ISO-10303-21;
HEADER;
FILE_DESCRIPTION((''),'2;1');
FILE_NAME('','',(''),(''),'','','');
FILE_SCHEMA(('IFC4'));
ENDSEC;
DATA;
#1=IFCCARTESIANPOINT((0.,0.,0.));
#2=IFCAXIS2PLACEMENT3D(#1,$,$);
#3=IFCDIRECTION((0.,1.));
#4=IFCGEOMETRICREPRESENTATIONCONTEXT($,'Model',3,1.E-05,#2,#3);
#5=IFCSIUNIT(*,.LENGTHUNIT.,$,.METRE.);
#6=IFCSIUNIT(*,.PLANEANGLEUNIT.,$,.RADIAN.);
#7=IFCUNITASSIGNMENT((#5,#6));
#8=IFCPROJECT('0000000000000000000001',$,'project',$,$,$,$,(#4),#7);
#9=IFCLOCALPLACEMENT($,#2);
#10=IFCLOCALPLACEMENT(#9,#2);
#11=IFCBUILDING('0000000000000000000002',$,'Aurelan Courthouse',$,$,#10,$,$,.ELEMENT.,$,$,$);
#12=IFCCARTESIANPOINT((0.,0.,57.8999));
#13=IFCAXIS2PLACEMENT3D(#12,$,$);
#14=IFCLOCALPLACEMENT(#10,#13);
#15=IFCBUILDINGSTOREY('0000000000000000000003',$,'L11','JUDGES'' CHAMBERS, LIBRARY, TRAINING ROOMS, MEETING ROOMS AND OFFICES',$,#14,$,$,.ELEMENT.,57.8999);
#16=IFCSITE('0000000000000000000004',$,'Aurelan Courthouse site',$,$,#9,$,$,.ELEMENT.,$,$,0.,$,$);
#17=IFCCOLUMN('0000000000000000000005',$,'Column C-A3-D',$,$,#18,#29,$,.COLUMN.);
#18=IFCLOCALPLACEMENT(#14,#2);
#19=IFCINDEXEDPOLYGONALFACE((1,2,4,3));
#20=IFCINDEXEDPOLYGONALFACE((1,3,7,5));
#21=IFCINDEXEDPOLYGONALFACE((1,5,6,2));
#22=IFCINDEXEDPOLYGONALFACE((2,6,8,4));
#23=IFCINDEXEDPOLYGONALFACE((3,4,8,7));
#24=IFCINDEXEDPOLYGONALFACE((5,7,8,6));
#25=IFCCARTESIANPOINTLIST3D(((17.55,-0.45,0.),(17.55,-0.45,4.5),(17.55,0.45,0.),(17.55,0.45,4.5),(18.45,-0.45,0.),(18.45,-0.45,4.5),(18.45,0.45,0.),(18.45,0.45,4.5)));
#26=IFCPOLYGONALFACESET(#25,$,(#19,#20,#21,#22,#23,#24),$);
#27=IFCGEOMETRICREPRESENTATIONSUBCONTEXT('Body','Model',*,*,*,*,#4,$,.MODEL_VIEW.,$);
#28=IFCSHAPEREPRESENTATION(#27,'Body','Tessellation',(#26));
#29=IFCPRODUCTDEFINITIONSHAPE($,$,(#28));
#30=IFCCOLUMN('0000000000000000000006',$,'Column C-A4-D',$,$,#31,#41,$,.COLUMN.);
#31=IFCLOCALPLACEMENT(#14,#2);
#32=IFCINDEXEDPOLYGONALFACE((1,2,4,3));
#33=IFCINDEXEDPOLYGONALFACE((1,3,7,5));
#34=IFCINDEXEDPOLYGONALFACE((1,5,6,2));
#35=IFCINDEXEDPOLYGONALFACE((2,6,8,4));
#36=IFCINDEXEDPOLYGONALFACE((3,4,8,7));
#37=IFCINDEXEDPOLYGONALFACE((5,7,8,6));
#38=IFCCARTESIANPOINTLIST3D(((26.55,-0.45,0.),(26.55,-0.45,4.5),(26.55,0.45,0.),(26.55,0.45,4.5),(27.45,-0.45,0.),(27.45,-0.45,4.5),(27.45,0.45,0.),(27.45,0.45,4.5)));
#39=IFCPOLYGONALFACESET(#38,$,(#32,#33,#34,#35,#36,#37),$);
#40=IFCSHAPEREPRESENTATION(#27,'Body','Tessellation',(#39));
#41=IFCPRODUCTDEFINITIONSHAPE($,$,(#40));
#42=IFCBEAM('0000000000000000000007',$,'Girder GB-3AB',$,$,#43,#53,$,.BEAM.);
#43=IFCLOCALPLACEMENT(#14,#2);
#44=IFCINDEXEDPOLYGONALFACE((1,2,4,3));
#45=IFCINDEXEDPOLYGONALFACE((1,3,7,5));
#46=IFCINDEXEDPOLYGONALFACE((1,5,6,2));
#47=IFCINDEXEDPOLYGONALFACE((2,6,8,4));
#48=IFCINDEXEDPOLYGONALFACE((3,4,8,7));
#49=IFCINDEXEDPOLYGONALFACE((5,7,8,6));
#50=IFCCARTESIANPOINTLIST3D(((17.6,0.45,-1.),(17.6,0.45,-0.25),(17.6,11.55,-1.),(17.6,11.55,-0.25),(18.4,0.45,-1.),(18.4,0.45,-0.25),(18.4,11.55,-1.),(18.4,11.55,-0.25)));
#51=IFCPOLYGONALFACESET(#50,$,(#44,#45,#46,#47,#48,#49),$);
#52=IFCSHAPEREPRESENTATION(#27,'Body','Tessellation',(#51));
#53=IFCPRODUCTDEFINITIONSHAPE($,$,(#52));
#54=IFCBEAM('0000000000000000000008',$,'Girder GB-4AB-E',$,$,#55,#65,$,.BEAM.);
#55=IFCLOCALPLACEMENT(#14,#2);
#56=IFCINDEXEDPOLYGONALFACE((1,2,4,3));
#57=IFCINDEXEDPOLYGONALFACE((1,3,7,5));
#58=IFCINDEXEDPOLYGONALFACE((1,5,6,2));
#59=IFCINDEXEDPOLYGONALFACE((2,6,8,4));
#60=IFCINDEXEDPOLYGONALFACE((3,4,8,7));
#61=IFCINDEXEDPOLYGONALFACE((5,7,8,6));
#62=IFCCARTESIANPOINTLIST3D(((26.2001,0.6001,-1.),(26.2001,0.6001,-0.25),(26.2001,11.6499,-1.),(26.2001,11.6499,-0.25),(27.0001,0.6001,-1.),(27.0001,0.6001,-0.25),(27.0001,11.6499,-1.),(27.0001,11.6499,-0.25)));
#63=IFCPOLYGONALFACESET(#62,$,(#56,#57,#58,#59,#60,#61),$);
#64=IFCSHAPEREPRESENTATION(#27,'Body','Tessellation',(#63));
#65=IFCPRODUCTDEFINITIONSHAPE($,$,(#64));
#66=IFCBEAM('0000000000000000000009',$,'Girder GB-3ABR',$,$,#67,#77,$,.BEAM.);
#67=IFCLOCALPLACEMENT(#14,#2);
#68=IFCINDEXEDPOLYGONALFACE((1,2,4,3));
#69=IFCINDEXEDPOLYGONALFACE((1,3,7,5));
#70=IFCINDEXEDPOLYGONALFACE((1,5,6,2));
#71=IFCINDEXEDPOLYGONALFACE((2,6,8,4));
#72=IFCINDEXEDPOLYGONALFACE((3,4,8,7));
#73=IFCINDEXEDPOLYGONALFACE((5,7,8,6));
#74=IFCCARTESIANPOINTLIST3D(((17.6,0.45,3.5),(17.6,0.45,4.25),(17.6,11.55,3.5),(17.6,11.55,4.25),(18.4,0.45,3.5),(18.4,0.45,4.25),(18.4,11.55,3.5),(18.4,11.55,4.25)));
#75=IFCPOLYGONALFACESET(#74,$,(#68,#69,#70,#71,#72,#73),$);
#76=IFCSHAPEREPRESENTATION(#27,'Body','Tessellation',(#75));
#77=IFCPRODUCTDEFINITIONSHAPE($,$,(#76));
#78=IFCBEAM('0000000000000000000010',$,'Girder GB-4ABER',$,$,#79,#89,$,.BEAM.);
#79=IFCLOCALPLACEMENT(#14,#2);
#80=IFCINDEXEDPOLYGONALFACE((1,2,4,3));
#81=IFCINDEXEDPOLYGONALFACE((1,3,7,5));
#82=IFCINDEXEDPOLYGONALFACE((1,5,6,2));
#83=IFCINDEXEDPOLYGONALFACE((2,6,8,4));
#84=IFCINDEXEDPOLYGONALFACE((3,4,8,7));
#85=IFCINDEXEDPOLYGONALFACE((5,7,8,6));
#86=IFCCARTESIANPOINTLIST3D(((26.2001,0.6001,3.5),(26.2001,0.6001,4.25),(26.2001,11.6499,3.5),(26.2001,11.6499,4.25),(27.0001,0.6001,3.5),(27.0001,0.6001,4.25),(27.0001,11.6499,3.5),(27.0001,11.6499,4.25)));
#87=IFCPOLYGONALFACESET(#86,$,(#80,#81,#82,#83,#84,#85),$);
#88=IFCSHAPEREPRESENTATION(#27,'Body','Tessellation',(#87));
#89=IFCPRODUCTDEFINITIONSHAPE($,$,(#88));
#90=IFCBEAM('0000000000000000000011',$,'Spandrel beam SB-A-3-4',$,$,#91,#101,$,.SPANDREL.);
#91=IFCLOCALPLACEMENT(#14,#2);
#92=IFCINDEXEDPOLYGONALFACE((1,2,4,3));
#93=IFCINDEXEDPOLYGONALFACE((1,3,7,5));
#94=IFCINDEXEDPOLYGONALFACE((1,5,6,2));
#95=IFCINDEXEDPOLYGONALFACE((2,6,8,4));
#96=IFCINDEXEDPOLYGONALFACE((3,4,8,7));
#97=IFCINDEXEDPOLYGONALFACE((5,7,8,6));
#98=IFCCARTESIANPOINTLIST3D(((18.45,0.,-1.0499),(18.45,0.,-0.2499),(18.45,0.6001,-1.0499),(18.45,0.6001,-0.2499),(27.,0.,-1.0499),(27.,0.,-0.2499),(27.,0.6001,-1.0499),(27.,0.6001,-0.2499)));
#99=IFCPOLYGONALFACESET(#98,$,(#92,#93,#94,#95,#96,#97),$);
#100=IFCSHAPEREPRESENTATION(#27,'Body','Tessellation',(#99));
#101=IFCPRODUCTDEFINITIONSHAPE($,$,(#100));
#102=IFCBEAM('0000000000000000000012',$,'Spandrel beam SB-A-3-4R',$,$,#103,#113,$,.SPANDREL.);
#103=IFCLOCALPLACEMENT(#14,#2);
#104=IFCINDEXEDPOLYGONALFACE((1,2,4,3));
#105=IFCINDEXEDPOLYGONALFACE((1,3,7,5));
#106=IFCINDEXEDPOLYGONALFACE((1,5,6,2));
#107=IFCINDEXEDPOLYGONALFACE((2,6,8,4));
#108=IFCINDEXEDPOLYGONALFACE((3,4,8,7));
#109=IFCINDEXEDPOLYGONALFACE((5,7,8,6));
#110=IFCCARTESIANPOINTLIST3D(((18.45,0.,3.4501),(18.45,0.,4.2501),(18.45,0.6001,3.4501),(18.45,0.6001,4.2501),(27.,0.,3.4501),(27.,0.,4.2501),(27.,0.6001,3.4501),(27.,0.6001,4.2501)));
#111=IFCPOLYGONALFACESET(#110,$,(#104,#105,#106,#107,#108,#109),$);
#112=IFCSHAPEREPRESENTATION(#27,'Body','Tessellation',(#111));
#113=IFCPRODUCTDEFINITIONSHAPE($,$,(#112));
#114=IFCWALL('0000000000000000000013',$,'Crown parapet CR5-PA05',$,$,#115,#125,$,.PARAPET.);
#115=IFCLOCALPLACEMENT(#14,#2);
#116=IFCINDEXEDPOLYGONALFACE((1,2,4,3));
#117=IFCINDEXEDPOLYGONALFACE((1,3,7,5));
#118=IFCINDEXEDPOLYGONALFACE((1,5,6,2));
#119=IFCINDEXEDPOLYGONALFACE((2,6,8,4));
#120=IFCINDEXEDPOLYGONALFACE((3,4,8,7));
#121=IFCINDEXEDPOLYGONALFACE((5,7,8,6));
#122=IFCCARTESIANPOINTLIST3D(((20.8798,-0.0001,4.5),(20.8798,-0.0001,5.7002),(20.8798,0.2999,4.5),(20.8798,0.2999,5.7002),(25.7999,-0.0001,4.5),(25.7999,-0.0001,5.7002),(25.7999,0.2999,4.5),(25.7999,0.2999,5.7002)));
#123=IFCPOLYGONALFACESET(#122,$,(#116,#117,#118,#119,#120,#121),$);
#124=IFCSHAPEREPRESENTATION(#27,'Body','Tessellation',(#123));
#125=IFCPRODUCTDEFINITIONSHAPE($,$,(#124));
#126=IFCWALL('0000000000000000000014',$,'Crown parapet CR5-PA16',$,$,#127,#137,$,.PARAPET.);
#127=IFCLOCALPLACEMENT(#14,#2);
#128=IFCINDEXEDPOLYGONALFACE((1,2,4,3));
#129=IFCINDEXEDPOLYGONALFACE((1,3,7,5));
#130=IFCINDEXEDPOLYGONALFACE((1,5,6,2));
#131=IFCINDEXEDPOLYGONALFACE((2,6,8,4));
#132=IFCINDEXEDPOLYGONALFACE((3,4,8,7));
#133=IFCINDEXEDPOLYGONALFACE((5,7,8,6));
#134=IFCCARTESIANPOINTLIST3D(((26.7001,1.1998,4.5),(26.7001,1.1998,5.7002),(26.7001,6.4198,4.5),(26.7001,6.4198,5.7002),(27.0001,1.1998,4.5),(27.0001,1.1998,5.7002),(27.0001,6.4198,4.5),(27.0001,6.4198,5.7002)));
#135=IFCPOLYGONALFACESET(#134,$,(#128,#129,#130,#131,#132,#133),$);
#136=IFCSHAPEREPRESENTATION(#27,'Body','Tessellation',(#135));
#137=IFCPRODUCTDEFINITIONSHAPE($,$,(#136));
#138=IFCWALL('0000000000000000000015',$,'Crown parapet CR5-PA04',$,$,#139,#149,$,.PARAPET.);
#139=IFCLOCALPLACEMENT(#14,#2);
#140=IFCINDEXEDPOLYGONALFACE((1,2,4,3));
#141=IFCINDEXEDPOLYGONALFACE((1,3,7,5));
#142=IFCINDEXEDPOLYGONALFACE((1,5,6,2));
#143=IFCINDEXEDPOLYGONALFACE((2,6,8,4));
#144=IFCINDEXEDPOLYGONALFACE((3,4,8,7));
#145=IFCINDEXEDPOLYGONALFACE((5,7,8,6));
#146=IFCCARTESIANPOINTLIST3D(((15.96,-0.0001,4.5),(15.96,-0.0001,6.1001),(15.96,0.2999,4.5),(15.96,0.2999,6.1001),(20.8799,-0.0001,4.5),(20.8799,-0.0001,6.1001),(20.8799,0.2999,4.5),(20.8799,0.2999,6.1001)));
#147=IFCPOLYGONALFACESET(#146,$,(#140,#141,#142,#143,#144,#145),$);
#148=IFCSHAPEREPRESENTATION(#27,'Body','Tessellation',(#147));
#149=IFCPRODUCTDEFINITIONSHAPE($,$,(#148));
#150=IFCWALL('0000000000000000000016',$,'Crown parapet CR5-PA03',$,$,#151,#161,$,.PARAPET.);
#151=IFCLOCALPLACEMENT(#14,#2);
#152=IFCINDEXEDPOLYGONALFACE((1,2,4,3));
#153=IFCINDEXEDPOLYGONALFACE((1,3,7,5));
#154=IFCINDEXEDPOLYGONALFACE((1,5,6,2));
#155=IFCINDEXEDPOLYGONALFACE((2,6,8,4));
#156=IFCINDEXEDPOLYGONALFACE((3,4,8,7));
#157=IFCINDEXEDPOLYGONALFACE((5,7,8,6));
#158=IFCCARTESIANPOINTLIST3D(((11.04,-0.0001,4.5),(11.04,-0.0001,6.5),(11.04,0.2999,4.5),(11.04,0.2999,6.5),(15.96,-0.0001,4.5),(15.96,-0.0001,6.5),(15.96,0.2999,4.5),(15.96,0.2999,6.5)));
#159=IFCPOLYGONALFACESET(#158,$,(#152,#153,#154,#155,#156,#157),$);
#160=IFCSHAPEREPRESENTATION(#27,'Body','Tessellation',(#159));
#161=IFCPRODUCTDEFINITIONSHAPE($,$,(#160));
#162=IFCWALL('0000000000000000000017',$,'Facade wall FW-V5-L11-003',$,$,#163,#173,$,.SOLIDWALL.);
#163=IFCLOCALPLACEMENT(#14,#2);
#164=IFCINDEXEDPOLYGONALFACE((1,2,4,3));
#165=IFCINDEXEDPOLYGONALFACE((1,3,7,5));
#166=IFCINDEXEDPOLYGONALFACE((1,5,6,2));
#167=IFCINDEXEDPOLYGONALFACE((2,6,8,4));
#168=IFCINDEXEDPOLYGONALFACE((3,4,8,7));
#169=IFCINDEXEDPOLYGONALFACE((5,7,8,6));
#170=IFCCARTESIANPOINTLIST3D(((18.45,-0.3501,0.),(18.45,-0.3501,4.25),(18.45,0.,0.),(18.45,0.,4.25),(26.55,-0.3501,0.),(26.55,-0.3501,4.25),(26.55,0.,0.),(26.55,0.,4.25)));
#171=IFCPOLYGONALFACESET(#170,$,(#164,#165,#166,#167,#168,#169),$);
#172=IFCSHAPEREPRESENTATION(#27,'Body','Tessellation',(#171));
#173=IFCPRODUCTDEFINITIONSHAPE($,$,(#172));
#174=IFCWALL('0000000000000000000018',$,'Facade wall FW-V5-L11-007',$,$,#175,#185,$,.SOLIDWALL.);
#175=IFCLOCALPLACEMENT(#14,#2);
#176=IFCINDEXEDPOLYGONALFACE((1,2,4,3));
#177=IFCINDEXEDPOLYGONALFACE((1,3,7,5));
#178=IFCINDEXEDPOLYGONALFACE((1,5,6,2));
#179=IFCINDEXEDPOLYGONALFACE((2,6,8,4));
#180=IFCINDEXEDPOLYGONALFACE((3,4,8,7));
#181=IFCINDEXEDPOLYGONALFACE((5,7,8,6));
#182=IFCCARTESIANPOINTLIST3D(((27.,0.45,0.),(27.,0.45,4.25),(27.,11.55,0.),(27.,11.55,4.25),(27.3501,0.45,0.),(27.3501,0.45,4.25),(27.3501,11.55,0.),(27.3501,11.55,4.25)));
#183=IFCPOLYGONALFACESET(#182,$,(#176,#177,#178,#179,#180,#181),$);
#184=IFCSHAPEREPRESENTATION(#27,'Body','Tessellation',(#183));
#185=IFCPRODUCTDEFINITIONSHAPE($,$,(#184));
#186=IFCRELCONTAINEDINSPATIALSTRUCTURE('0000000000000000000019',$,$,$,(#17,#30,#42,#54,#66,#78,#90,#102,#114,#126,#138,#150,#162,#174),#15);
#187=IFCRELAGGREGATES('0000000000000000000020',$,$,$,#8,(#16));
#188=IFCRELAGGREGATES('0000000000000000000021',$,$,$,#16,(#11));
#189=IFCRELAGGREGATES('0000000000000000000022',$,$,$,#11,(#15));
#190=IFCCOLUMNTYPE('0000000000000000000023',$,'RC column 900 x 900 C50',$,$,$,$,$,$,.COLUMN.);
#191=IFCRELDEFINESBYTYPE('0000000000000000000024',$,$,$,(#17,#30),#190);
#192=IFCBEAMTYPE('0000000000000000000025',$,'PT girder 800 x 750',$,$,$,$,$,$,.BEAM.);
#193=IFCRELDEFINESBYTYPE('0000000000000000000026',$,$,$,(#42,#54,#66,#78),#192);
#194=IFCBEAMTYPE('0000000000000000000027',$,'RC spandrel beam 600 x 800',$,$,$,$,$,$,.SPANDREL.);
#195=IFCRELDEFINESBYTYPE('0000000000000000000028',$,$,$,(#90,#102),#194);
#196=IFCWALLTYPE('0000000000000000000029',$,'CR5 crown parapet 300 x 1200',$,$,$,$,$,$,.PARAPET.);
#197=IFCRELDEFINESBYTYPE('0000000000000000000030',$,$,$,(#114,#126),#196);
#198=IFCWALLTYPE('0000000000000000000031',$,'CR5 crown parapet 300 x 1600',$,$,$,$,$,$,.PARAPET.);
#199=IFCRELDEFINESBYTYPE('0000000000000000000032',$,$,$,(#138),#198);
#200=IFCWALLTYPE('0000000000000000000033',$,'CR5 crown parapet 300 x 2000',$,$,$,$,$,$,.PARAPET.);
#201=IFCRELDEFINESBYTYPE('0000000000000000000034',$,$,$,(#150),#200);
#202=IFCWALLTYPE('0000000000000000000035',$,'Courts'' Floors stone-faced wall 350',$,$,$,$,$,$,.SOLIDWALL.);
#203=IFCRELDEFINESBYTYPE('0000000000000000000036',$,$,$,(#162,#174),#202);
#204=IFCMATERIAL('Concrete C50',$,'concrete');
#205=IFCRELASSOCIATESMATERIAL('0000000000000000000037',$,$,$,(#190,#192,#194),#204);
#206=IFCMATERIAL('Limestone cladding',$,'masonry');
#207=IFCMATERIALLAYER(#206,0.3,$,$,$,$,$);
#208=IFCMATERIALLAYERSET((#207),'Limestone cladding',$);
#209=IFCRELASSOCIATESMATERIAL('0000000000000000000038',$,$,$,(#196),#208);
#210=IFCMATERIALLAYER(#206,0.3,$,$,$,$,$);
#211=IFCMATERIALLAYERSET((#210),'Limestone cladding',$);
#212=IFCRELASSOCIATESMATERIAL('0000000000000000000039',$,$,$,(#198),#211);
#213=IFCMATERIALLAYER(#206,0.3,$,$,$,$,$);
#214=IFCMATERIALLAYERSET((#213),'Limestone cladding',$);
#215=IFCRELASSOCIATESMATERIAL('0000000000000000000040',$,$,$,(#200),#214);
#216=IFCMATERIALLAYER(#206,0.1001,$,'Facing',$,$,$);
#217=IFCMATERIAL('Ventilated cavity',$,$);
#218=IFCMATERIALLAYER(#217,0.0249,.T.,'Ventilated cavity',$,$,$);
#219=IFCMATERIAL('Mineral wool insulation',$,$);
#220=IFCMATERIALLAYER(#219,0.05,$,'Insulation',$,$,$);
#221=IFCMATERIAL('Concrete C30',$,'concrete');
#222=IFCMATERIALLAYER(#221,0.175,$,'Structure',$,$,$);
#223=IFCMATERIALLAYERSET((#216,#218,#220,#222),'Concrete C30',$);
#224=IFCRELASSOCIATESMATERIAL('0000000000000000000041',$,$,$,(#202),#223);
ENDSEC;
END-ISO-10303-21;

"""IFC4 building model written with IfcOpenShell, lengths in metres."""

from ifc_helpers import new_model, si_unit, direction, frame, frame_2d, origin, origin_2d, place, context, subcontext, project, spatial, rectangle, extrude, material, layer, layer_set, material_profile, profile_set, type_object, element, save


model = new_model("IFC4")

# Units and contexts
model_context = context("Model", 3, precision=1e-05, world=origin(), true_north=direction((0.0, 1.0)))
body_context = subcontext(model_context, "Body", "Model", "MODEL_VIEW")
ifc_project = project(units=[si_unit("LENGTHUNIT", "METRE"), si_unit("PLANEANGLEUNIT", "RADIAN")], contexts=[model_context])

# Site, building, storey
site_placement = place(None, origin())
site = spatial("IfcSite", under=ifc_project, at=site_placement, Name="Aurelan Courthouse site", CompositionType="ELEMENT", RefElevation=0.0)
building_placement = place(site_placement, origin())
building = spatial("IfcBuilding", under=site, at=building_placement, Name="Aurelan Courthouse", CompositionType="ELEMENT")
storey_placement = place(building_placement, frame((0.0, 0.0, 57.8999)))
storey = spatial("IfcBuildingStorey", under=building, at=storey_placement, Name="L11", Description="JUDGES' CHAMBERS, LIBRARY, TRAINING ROOMS, MEETING ROOMS AND OFFICES", CompositionType="ELEMENT", Elevation=57.8999)

# Columns
ifc_material_1 = material(Name="Concrete C50", Category="concrete")
ifc_material_profile_1 = material_profile(ifc_material_1, rectangle(XDim=0.8999, YDim=0.8999, at=origin_2d()), Name="RC 900 x 900")
ifc_profile_set_1 = profile_set([ifc_material_profile_1], Name="Concrete C50")
column_type = type_object("IfcColumnType", Name="RC column 900 x 900 C50", PredefinedType="COLUMN", material=ifc_profile_set_1)
for number, where, z_axis, x_axis, name in (
    (1, (18.0, 0.0, 0.0), (0.0, 0.0, 1.0), (1.0, 0.0, 0.0), "Column C-A3-D"),
    (2, (27.0, 0.0, 0.0), (0.0, 0.0, 1.0), (1.0, 0.0, 0.0), "Column C-A4-D"),
):
    element("IfcColumn", number, at=place(storey_placement, frame(where, z_axis=z_axis, x_axis=x_axis)), inside=storey, type_object=column_type, Name=name, PredefinedType="COLUMN", context=body_context, shape_type="SweptSolid", body=[
        extrude(rectangle(XDim=0.8999, YDim=0.8999, at=origin_2d()), origin(), (0.0, 0.0, 1.0), 4.5),
    ])

# Beams
ifc_material_profile_2 = material_profile(ifc_material_1, rectangle(XDim=0.8, YDim=0.75, at=origin_2d()), Name="RC 800 x 750")
ifc_profile_set_2 = profile_set([ifc_material_profile_2], Name="Concrete C50")
beam_type_1 = type_object("IfcBeamType", Name="PT girder 800 x 750", PredefinedType="BEAM", material=ifc_profile_set_2)
beam_1_placement = place(storey_placement, frame((18.0, 0.45, -0.625), z_axis=(0.0, 1.0, 0.0), x_axis=(-1.0, 0.0, 0.0)))
element("IfcBeam", 3, at=beam_1_placement, inside=storey, type_object=beam_type_1, Name="Girder GB-3AB", PredefinedType="BEAM", context=body_context, shape_type="SweptSolid", body=[
    extrude(rectangle(XDim=0.8, YDim=0.75, at=origin_2d()), origin(), (0.0, 0.0, 1.0), 11.1001),
])
beam_2_placement = place(storey_placement, frame((26.6001, 0.6001, -0.625), z_axis=(0.0, 1.0, 0.0), x_axis=(-1.0, 0.0, 0.0)))
element("IfcBeam", 4, at=beam_2_placement, inside=storey, type_object=beam_type_1, Name="Girder GB-4AB-E", PredefinedType="BEAM", context=body_context, shape_type="SweptSolid", body=[
    extrude(rectangle(XDim=0.8, YDim=0.75, at=origin_2d()), origin(), (0.0, 0.0, 1.0), 11.0498),
])
beam_3_placement = place(storey_placement, frame((18.0, 0.45, 3.875), z_axis=(0.0, 1.0, 0.0), x_axis=(-1.0, 0.0, 0.0)))
element("IfcBeam", 5, at=beam_3_placement, inside=storey, type_object=beam_type_1, Name="Girder GB-3ABR", PredefinedType="BEAM", context=body_context, shape_type="SweptSolid", body=[
    extrude(rectangle(XDim=0.8, YDim=0.75, at=origin_2d()), origin(), (0.0, 0.0, 1.0), 11.1001),
])
beam_4_placement = place(storey_placement, frame((26.6001, 0.6001, 3.875), z_axis=(0.0, 1.0, 0.0), x_axis=(-1.0, 0.0, 0.0)))
element("IfcBeam", 6, at=beam_4_placement, inside=storey, type_object=beam_type_1, Name="Girder GB-4ABER", PredefinedType="BEAM", context=body_context, shape_type="SweptSolid", body=[
    extrude(rectangle(XDim=0.8, YDim=0.75, at=origin_2d()), origin(), (0.0, 0.0, 1.0), 11.0498),
])
ifc_material_profile_3 = material_profile(ifc_material_1, rectangle(XDim=0.6001, YDim=0.8, at=origin_2d()), Name="RC 600 x 800")
ifc_profile_set_3 = profile_set([ifc_material_profile_3], Name="Concrete C50")
beam_type_2 = type_object("IfcBeamType", Name="RC spandrel beam 600 x 800", PredefinedType="SPANDREL", material=ifc_profile_set_3)
for number, where, z_axis, x_axis, name in (
    (7, (18.45, 0.3, -0.6499), (1.0, 0.0, 0.0), (0.0, 1.0, 0.0), "Spandrel beam SB-A-3-4"),
    (8, (18.45, 0.3, 3.8501), (1.0, 0.0, 0.0), (0.0, 1.0, 0.0), "Spandrel beam SB-A-3-4R"),
):
    element("IfcBeam", number, at=place(storey_placement, frame(where, z_axis=z_axis, x_axis=x_axis)), inside=storey, type_object=beam_type_2, Name=name, PredefinedType="SPANDREL", context=body_context, shape_type="SweptSolid", body=[
        extrude(rectangle(XDim=0.6001, YDim=0.8, at=origin_2d()), origin(), (0.0, 0.0, 1.0), 8.55),
    ])

# Walls
ifc_material_2 = material(Name="Limestone cladding", Category="masonry")
ifc_layer_1 = layer(ifc_material_2, 0.3)
ifc_layer_set_1 = layer_set([ifc_layer_1], Name="Limestone cladding")
wall_type_1 = type_object("IfcWallType", Name="CR5 crown parapet 300 x 1200", PredefinedType="PARAPET", material=ifc_layer_set_1)
wall_1_placement = place(storey_placement, frame((20.8799, 0.1499, 4.5), z_axis=(0.0, 0.0, 1.0), x_axis=(1.0, 0.0, 0.0)))
element("IfcWall", 9, at=wall_1_placement, inside=storey, type_object=wall_type_1, Name="Crown parapet CR5-PA05", PredefinedType="PARAPET", context=body_context, shape_type="SweptSolid", body=[
    extrude(rectangle(XDim=4.9202, YDim=0.3, at=frame_2d((2.46, 0.0))), origin(), (0.0, 0.0, 1.0), 1.2002),
])
wall_2_placement = place(storey_placement, frame((26.8501, 1.2, 4.5), z_axis=(0.0, 0.0, 1.0), x_axis=(0.0, 1.0, 0.0)))
element("IfcWall", 10, at=wall_2_placement, inside=storey, type_object=wall_type_1, Name="Crown parapet CR5-PA16", PredefinedType="PARAPET", context=body_context, shape_type="SweptSolid", body=[
    extrude(rectangle(XDim=5.22, YDim=0.3, at=frame_2d((2.6099, 0.0))), origin(), (0.0, 0.0, 1.0), 1.2002),
])
ifc_layer_2 = layer(ifc_material_2, 0.3)
ifc_layer_set_2 = layer_set([ifc_layer_2], Name="Limestone cladding")
wall_type_2 = type_object("IfcWallType", Name="CR5 crown parapet 300 x 1600", PredefinedType="PARAPET", material=ifc_layer_set_2)
wall_3_placement = place(storey_placement, frame((15.96, 0.1499, 4.5), z_axis=(0.0, 0.0, 1.0), x_axis=(1.0, 0.0, 0.0)))
element("IfcWall", 11, at=wall_3_placement, inside=storey, type_object=wall_type_2, Name="Crown parapet CR5-PA04", PredefinedType="PARAPET", context=body_context, shape_type="SweptSolid", body=[
    extrude(rectangle(XDim=4.9199, YDim=0.3, at=frame_2d((2.46, 0.0))), origin(), (0.0, 0.0, 1.0), 1.6001),
])
ifc_layer_3 = layer(ifc_material_2, 0.3)
ifc_layer_set_3 = layer_set([ifc_layer_3], Name="Limestone cladding")
wall_type_3 = type_object("IfcWallType", Name="CR5 crown parapet 300 x 2000", PredefinedType="PARAPET", material=ifc_layer_set_3)
wall_4_placement = place(storey_placement, frame((11.04, 0.1499, 4.5), z_axis=(0.0, 0.0, 1.0), x_axis=(1.0, 0.0, 0.0)))
element("IfcWall", 12, at=wall_4_placement, inside=storey, type_object=wall_type_3, Name="Crown parapet CR5-PA03", PredefinedType="PARAPET", context=body_context, shape_type="SweptSolid", body=[
    extrude(rectangle(XDim=4.9199, YDim=0.3, at=frame_2d((2.46, 0.0))), origin(), (0.0, 0.0, 1.0), 2.0),
])
ifc_layer_4 = layer(ifc_material_2, 0.1001, Name="Facing")
ifc_material_3 = material(Name="Ventilated cavity")
ifc_layer_5 = layer(ifc_material_3, 0.0249, ventilated=True, Name="Ventilated cavity")
ifc_material_4 = material(Name="Mineral wool insulation")
ifc_layer_6 = layer(ifc_material_4, 0.05, Name="Insulation")
ifc_material_5 = material(Name="Concrete C30", Category="concrete")
ifc_layer_7 = layer(ifc_material_5, 0.175, Name="Structure")
ifc_layer_set_4 = layer_set([ifc_layer_4, ifc_layer_5, ifc_layer_6, ifc_layer_7], Name="Concrete C30")
wall_type_4 = type_object("IfcWallType", Name="Courts' Floors stone-faced wall 350", PredefinedType="SOLIDWALL", material=ifc_layer_set_4)
wall_5_placement = place(storey_placement, frame((18.45, -0.175, 0.0), z_axis=(0.0, 0.0, 1.0), x_axis=(1.0, 0.0, 0.0)))
element("IfcWall", 13, at=wall_5_placement, inside=storey, type_object=wall_type_4, Name="Facade wall FW-V5-L11-003", PredefinedType="SOLIDWALL", context=body_context, shape_type="SweptSolid", body=[
    extrude(rectangle(XDim=8.1001, YDim=0.3501, at=frame_2d((4.05, 0.0))), origin(), (0.0, 0.0, 1.0), 4.25),
])
wall_6_placement = place(storey_placement, frame((27.175, 0.45, 0.0), z_axis=(0.0, 0.0, 1.0), x_axis=(0.0, 1.0, 0.0)))
element("IfcWall", 14, at=wall_6_placement, inside=storey, type_object=wall_type_4, Name="Facade wall FW-V5-L11-007", PredefinedType="SOLIDWALL", context=body_context, shape_type="SweptSolid", body=[
    extrude(rectangle(XDim=11.1001, YDim=0.3501, at=frame_2d((5.55, 0.0))), origin(), (0.0, 0.0, 1.0), 4.25),
])

save(model, "model.ifc")
